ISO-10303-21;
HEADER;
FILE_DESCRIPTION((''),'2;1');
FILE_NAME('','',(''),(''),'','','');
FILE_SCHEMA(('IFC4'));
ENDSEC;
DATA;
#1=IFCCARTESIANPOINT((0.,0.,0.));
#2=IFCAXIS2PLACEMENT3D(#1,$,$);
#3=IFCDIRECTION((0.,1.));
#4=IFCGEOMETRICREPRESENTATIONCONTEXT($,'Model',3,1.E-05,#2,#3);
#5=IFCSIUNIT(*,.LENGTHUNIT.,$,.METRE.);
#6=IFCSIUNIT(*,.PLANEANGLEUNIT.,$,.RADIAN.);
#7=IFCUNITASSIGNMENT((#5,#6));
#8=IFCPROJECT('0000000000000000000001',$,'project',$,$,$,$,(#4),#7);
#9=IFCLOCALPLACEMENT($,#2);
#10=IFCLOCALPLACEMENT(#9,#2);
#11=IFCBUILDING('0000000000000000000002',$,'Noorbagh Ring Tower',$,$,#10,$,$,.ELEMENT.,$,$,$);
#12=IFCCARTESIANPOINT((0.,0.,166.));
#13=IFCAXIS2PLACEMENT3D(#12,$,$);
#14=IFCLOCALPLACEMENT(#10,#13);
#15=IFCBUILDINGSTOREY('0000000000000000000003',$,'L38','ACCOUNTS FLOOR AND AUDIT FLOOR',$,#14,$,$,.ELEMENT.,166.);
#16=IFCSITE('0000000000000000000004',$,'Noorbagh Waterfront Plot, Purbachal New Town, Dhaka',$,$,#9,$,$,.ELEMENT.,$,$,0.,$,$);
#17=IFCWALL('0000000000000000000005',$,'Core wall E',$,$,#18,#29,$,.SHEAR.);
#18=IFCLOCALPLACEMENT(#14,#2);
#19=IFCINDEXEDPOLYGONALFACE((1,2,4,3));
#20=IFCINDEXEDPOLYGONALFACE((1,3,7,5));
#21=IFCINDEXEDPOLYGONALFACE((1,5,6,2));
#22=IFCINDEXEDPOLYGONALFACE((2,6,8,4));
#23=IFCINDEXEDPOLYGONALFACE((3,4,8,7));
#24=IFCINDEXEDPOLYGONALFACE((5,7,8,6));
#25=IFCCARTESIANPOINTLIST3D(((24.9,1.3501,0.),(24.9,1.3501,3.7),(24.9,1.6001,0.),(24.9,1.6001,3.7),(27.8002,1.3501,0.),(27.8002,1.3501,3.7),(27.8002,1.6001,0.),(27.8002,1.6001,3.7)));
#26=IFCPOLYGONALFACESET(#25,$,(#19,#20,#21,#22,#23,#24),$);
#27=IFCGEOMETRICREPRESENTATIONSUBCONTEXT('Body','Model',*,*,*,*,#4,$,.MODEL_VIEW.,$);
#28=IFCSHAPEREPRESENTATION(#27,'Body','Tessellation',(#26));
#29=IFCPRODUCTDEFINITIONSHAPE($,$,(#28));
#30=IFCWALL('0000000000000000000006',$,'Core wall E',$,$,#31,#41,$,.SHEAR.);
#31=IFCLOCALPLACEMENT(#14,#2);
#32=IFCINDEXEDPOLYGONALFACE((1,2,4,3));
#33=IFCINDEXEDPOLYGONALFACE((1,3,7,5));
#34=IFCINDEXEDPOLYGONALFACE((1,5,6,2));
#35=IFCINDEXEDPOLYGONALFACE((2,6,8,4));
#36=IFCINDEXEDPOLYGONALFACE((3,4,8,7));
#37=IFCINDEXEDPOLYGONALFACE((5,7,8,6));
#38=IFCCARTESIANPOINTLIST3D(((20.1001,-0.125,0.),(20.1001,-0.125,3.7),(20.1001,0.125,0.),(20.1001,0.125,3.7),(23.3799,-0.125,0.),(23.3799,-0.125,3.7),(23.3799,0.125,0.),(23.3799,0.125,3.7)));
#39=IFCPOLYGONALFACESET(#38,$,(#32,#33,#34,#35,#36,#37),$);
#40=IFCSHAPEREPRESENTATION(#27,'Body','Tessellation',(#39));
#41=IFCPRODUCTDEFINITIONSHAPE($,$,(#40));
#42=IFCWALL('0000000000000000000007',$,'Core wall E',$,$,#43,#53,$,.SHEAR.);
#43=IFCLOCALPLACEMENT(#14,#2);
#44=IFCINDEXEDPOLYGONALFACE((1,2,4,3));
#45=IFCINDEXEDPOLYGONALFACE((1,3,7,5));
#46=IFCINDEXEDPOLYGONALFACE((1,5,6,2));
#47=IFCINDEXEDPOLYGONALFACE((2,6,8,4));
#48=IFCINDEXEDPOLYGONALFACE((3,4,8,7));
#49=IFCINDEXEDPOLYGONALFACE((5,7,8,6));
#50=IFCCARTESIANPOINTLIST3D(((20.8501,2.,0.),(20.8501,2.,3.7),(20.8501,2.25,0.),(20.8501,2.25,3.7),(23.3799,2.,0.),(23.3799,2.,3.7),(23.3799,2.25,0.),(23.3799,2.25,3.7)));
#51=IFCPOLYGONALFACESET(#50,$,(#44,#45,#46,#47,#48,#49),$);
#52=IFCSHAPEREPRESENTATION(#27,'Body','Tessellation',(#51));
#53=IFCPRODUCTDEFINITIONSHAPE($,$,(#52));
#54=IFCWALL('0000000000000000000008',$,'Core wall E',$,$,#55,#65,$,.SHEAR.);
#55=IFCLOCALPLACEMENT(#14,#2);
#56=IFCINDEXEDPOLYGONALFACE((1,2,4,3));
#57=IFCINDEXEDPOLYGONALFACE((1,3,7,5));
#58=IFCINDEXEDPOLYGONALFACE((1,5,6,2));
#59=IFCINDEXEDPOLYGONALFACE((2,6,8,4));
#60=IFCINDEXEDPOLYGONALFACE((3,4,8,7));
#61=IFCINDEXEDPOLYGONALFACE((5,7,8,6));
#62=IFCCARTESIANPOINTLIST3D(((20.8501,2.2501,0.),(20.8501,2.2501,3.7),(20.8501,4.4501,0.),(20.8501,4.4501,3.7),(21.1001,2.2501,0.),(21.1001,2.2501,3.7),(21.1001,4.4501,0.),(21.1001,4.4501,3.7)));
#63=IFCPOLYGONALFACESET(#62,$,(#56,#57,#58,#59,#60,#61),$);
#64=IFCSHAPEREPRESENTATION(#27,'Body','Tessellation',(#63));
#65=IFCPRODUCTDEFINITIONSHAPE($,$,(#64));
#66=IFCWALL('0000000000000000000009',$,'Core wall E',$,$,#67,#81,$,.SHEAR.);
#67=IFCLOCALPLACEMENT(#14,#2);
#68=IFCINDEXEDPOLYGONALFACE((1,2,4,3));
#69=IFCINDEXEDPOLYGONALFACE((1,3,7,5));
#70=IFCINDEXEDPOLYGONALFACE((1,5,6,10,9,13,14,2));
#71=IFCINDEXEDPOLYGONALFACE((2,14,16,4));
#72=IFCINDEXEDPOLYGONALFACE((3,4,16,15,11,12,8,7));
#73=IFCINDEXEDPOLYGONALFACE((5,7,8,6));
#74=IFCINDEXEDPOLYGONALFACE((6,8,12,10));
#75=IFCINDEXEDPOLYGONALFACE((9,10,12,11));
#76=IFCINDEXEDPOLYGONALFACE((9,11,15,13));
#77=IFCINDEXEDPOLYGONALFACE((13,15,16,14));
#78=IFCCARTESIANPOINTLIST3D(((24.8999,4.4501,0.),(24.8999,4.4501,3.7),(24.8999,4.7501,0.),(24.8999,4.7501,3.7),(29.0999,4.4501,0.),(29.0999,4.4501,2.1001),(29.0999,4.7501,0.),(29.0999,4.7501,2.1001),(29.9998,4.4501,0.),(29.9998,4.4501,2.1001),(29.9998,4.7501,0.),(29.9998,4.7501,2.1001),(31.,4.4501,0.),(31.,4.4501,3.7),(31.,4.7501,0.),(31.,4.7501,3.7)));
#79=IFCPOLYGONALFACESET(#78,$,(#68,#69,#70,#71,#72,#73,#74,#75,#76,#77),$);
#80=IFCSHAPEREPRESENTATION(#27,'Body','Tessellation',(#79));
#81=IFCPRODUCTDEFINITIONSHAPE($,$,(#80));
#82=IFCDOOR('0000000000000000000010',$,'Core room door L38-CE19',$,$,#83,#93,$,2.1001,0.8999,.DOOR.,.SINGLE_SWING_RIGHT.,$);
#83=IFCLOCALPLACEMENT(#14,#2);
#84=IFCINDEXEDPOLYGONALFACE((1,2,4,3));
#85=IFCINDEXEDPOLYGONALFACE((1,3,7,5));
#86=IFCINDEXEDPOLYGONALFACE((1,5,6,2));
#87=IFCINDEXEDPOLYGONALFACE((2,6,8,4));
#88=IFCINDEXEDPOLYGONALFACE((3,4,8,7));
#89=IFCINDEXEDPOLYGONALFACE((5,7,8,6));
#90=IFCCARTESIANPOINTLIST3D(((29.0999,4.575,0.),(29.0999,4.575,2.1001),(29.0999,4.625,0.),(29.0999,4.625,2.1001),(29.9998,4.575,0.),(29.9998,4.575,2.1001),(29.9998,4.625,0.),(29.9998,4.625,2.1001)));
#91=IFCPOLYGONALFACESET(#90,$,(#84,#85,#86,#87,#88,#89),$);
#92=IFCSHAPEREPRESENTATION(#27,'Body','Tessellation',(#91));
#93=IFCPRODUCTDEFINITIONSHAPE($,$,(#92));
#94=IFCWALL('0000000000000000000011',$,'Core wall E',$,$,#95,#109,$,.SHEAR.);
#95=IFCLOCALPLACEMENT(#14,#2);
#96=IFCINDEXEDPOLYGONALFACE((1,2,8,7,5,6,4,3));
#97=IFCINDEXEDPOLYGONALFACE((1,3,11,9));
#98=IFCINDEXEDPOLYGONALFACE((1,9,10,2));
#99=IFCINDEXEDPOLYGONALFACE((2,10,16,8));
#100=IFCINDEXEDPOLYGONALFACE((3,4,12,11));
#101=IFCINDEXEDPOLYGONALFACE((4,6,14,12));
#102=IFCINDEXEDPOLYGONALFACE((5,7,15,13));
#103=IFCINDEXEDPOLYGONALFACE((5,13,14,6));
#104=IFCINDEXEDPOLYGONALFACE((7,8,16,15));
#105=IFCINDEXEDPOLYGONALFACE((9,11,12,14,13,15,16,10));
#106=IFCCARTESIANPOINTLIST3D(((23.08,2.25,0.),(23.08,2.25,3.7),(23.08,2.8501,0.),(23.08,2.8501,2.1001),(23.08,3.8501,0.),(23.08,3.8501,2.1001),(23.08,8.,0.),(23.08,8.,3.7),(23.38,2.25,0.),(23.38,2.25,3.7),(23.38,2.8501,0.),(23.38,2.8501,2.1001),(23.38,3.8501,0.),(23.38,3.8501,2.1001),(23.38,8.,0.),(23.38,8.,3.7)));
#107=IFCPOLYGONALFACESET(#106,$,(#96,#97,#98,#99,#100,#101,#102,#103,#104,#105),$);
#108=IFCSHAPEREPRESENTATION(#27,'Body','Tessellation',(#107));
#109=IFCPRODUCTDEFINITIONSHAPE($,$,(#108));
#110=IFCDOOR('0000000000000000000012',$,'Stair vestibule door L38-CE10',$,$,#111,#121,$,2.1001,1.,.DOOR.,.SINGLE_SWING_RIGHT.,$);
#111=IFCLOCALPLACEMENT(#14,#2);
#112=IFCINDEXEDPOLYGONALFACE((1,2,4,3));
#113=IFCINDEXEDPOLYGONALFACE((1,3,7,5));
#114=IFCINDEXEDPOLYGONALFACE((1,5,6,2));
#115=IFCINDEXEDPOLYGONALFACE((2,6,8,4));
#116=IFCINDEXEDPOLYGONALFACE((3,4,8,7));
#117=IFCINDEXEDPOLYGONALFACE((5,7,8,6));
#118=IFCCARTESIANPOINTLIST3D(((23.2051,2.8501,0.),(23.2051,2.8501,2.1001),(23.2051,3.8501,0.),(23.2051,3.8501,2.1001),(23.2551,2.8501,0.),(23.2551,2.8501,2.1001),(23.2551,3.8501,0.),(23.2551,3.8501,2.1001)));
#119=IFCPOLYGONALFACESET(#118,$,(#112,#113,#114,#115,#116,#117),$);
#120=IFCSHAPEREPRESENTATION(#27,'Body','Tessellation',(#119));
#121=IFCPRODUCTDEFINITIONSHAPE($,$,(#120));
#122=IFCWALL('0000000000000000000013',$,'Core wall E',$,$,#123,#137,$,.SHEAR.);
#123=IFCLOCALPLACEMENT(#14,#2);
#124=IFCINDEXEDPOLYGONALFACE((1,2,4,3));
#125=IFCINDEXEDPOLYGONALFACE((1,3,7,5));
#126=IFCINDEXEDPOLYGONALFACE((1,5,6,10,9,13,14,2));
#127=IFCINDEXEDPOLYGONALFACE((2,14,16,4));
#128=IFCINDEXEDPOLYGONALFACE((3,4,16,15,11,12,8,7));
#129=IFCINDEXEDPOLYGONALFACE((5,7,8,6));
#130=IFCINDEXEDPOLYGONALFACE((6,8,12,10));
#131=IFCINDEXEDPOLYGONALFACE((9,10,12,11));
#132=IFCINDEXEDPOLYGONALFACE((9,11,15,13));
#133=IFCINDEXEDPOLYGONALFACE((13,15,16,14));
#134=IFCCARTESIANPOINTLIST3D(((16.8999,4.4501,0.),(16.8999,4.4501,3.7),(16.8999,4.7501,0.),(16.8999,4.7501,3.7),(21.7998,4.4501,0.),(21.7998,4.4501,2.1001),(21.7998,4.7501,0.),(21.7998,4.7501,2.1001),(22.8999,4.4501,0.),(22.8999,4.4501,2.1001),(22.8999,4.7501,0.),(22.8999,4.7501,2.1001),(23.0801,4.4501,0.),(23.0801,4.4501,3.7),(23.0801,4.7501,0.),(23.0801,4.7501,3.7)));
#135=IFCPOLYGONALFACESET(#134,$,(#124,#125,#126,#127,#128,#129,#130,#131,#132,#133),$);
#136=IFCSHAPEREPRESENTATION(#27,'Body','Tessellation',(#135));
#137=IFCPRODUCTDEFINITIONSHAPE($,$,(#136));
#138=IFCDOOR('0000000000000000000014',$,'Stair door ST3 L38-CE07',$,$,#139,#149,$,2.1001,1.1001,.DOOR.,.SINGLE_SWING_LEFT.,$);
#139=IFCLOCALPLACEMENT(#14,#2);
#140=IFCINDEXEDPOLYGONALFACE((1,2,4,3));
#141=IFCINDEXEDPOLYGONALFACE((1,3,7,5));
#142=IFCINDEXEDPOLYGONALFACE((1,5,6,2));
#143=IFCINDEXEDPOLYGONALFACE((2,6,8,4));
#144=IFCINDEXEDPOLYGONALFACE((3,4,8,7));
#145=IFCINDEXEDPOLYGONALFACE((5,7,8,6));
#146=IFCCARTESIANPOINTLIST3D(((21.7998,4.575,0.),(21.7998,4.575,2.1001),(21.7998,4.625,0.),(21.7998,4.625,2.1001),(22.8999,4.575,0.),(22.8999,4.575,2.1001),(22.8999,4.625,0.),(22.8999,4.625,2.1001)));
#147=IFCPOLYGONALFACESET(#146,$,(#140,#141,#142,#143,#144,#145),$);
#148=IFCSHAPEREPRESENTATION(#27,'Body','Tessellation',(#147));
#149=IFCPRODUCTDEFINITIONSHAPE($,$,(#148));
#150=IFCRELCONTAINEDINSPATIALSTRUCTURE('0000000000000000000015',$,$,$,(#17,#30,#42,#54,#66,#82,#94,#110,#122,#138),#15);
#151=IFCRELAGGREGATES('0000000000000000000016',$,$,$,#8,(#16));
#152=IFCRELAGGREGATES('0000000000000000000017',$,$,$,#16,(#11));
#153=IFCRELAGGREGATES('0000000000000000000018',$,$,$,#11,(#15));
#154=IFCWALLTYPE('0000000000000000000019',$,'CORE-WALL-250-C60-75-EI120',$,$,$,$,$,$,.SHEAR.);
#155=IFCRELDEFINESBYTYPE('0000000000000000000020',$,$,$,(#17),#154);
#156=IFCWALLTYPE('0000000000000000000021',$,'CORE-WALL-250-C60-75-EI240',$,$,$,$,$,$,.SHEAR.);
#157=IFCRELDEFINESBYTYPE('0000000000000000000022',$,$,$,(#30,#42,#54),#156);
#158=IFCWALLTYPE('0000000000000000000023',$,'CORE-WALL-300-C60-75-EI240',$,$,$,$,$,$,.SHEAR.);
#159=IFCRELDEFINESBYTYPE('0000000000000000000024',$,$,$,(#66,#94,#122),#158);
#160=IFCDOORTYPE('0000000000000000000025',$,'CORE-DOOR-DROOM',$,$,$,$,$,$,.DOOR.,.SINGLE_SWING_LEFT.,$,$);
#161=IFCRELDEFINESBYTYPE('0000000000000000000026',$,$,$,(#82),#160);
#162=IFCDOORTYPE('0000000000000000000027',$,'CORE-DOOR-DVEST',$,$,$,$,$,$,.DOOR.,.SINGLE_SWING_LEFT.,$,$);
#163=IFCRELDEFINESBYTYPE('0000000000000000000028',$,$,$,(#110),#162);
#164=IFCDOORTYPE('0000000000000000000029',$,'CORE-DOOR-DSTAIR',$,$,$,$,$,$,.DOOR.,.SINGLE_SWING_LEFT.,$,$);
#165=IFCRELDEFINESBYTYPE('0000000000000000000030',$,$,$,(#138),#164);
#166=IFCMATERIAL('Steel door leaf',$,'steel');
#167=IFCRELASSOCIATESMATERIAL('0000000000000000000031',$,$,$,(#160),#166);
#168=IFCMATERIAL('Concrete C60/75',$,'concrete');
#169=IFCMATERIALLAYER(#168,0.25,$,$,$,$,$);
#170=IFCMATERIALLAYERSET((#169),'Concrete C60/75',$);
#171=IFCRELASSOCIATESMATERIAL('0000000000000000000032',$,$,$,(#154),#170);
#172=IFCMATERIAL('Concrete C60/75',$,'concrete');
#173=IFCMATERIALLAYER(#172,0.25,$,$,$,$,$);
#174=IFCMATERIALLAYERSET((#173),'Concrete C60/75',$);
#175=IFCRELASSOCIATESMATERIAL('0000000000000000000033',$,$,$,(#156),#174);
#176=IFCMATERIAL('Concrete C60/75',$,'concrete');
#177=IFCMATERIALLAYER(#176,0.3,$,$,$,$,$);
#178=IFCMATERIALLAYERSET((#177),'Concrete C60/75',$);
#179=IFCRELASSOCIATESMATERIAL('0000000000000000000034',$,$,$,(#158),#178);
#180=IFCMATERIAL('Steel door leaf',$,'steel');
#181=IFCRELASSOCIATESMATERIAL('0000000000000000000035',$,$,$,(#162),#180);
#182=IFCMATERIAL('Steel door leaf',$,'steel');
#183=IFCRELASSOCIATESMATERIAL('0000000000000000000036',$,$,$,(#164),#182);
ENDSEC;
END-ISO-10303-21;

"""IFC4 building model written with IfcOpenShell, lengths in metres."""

from ifc_helpers import new_model, si_unit, direction, frame, frame_2d, origin, place, context, subcontext, project, spatial, rectangle, extrude, material, layer, layer_set, type_object, element, fill, save


model = new_model("IFC4")

# Units and contexts
model_context = context("Model", 3, precision=1e-05, world=origin(), true_north=direction((0.0, 1.0)))
body_context = subcontext(model_context, "Body", "Model", "MODEL_VIEW")
ifc_project = project(units=[si_unit("LENGTHUNIT", "METRE"), si_unit("PLANEANGLEUNIT", "RADIAN")], contexts=[model_context])

# Site, building, storey
site_placement = place(None, origin())
site = spatial("IfcSite", under=ifc_project, at=site_placement, Name="Noorbagh Waterfront Plot, Purbachal New Town, Dhaka", CompositionType="ELEMENT", RefElevation=0.0)
building_placement = place(site_placement, origin())
building = spatial("IfcBuilding", under=site, at=building_placement, Name="Noorbagh Ring Tower", CompositionType="ELEMENT")
storey_placement = place(building_placement, frame((0.0, 0.0, 166.0)))
storey = spatial("IfcBuildingStorey", under=building, at=storey_placement, Name="L38", Description="ACCOUNTS FLOOR AND AUDIT FLOOR", CompositionType="ELEMENT", Elevation=166.0)

# Shared definitions
ifc_material_1 = material(Name="Steel door leaf", Category="steel")
door_type_1 = type_object("IfcDoorType", Name="CORE-DOOR-DROOM", OperationType="SINGLE_SWING_LEFT", PredefinedType="DOOR", material=ifc_material_1)

# Walls
ifc_material_2 = material(Name="Concrete C60/75", Category="concrete")
ifc_layer_1 = layer(ifc_material_2, 0.25)
ifc_layer_set_1 = layer_set([ifc_layer_1], Name="Concrete C60/75")
wall_type_1 = type_object("IfcWallType", Name="CORE-WALL-250-C60-75-EI120", PredefinedType="SHEAR", material=ifc_layer_set_1)
for number, where, z_axis, x_axis, name in (
    (1, (24.8999, 1.4751, 0.0), (0.0, 0.0, 1.0), (1.0, 0.0, 0.0), "Core wall E"),
):
    element("IfcWall", number, at=place(storey_placement, frame(where, z_axis=z_axis, x_axis=x_axis)), inside=storey, type_object=wall_type_1, Name=name, PredefinedType="SHEAR", context=body_context, shape_type="SweptSolid", body=[
        extrude(rectangle(XDim=2.9001, YDim=0.25, at=frame_2d((1.4502, 0.0))), origin(), (0.0, 0.0, 1.0), 3.7),
    ])
ifc_material_3 = material(Name="Concrete C60/75", Category="concrete")
ifc_layer_2 = layer(ifc_material_3, 0.25)
ifc_layer_set_2 = layer_set([ifc_layer_2], Name="Concrete C60/75")
wall_type_2 = type_object("IfcWallType", Name="CORE-WALL-250-C60-75-EI240", PredefinedType="SHEAR", material=ifc_layer_set_2)
wall_1_placement = place(storey_placement, frame((20.1001, 0.0, 0.0), z_axis=(0.0, 0.0, 1.0), x_axis=(1.0, 0.0, 0.0)))
element("IfcWall", 2, at=wall_1_placement, inside=storey, type_object=wall_type_2, Name="Core wall E", PredefinedType="SHEAR", context=body_context, shape_type="SweptSolid", body=[
    extrude(rectangle(XDim=3.2798, YDim=0.25, at=frame_2d((1.6399, 0.0))), origin(), (0.0, 0.0, 1.0), 3.7),
])
wall_2_placement = place(storey_placement, frame((20.8501, 2.125, 0.0), z_axis=(0.0, 0.0, 1.0), x_axis=(1.0, 0.0, 0.0)))
element("IfcWall", 3, at=wall_2_placement, inside=storey, type_object=wall_type_2, Name="Core wall E", PredefinedType="SHEAR", context=body_context, shape_type="SweptSolid", body=[
    extrude(rectangle(XDim=2.5298, YDim=0.25, at=frame_2d((1.2649, 0.0))), origin(), (0.0, 0.0, 1.0), 3.7),
])
wall_3_placement = place(storey_placement, frame((20.9751, 2.25, 0.0), z_axis=(0.0, 0.0, 1.0), x_axis=(0.0, 1.0, 0.0)))
element("IfcWall", 4, at=wall_3_placement, inside=storey, type_object=wall_type_2, Name="Core wall E", PredefinedType="SHEAR", context=body_context, shape_type="SweptSolid", body=[
    extrude(rectangle(XDim=2.2, YDim=0.25, at=frame_2d((1.1001, 0.0))), origin(), (0.0, 0.0, 1.0), 3.7),
])

# Walls, openings, doors
ifc_material_4 = material(Name="Concrete C60/75", Category="concrete")
ifc_layer_3 = layer(ifc_material_4, 0.3)
ifc_layer_set_3 = layer_set([ifc_layer_3], Name="Concrete C60/75")
wall_type_3 = type_object("IfcWallType", Name="CORE-WALL-300-C60-75-EI240", PredefinedType="SHEAR", material=ifc_layer_set_3)
wall_4_placement = place(storey_placement, frame((24.8999, 4.6001, 0.0), z_axis=(0.0, 0.0, 1.0), x_axis=(1.0, 0.0, 0.0)))
wall_4 = element("IfcWall", 5, at=wall_4_placement, inside=storey, type_object=wall_type_3, Name="Core wall E", PredefinedType="SHEAR", context=body_context, shape_type="SweptSolid", body=[
    extrude(rectangle(XDim=6.1001, YDim=0.3, at=frame_2d((3.05, 0.0))), origin(), (0.0, 0.0, 1.0), 3.7),
])
opening_1_placement = place(wall_4_placement, frame((4.2, 0.0, 0.0)))
opening_1 = element("IfcOpeningElement", 6, at=opening_1_placement, cuts=wall_4, PredefinedType="OPENING", context=body_context, shape_type="SweptSolid", body=[
    extrude(rectangle(XDim=0.8999, YDim=2.1001, at=frame_2d((0.45, 1.05))), frame((0.0, 0.1602, 0.0), z_axis=(0.0, -1.0, 0.0), x_axis=(1.0, 0.0, 0.0)), (0.0, 0.0, 1.0), 0.3201),
])
door_1_placement = place(opening_1_placement, origin())
door_1 = element("IfcDoor", 7, at=door_1_placement, inside=storey, type_object=door_type_1, Name="Core room door L38-CE19", OperationType="SINGLE_SWING_RIGHT", OverallHeight=2.1001, OverallWidth=0.8999, PredefinedType="DOOR", context=body_context, shape_type="SweptSolid", body=[
    extrude(rectangle(XDim=0.8999, YDim=2.1001, at=frame_2d((0.45, 1.05))), frame((0.0, 0.0249, 0.0), z_axis=(0.0, -1.0, 0.0), x_axis=(1.0, 0.0, 0.0)), (0.0, 0.0, 1.0), 0.05),
])
fill(opening_1, door_1)
wall_5_placement = place(storey_placement, frame((23.23, 2.25, 0.0), z_axis=(0.0, 0.0, 1.0), x_axis=(0.0, 1.0, 0.0)))
wall_5 = element("IfcWall", 8, at=wall_5_placement, inside=storey, type_object=wall_type_3, Name="Core wall E", PredefinedType="SHEAR", context=body_context, shape_type="SweptSolid", body=[
    extrude(rectangle(XDim=5.75, YDim=0.3, at=frame_2d((2.875, 0.0))), origin(), (0.0, 0.0, 1.0), 3.7),
])
opening_2_placement = place(wall_5_placement, frame((0.6001, 0.0, 0.0)))
opening_2 = element("IfcOpeningElement", 9, at=opening_2_placement, cuts=wall_5, PredefinedType="OPENING", context=body_context, shape_type="SweptSolid", body=[
    extrude(rectangle(XDim=1.0, YDim=2.1001, at=frame_2d((0.5, 1.05))), frame((0.0, 0.1602, 0.0), z_axis=(0.0, -1.0, 0.0), x_axis=(1.0, 0.0, 0.0)), (0.0, 0.0, 1.0), 0.3201),
])
ifc_material_5 = material(Name="Steel door leaf", Category="steel")
door_type_2 = type_object("IfcDoorType", Name="CORE-DOOR-DVEST", OperationType="SINGLE_SWING_LEFT", PredefinedType="DOOR", material=ifc_material_5)
door_2_placement = place(opening_2_placement, origin())
door_2 = element("IfcDoor", 10, at=door_2_placement, inside=storey, type_object=door_type_2, Name="Stair vestibule door L38-CE10", OperationType="SINGLE_SWING_RIGHT", OverallHeight=2.1001, OverallWidth=1.0, PredefinedType="DOOR", context=body_context, shape_type="SweptSolid", body=[
    extrude(rectangle(XDim=1.0, YDim=2.1001, at=frame_2d((0.5, 1.05))), frame((0.0, 0.0249, 0.0), z_axis=(0.0, -1.0, 0.0), x_axis=(1.0, 0.0, 0.0)), (0.0, 0.0, 1.0), 0.05),
])
fill(opening_2, door_2)
wall_6_placement = place(storey_placement, frame((16.8999, 4.6001, 0.0), z_axis=(0.0, 0.0, 1.0), x_axis=(1.0, 0.0, 0.0)))
wall_6 = element("IfcWall", 11, at=wall_6_placement, inside=storey, type_object=wall_type_3, Name="Core wall E", PredefinedType="SHEAR", context=body_context, shape_type="SweptSolid", body=[
    extrude(rectangle(XDim=6.1802, YDim=0.3, at=frame_2d((3.0901, 0.0))), origin(), (0.0, 0.0, 1.0), 3.7),
])
opening_3_placement = place(wall_6_placement, frame((4.8999, 0.0, 0.0)))
opening_3 = element("IfcOpeningElement", 12, at=opening_3_placement, cuts=wall_6, PredefinedType="OPENING", context=body_context, shape_type="SweptSolid", body=[
    extrude(rectangle(XDim=1.1001, YDim=2.1001, at=frame_2d((0.55, 1.05))), frame((0.0, 0.1602, 0.0), z_axis=(0.0, -1.0, 0.0), x_axis=(1.0, 0.0, 0.0)), (0.0, 0.0, 1.0), 0.3201),
])
ifc_material_6 = material(Name="Steel door leaf", Category="steel")
door_type_3 = type_object("IfcDoorType", Name="CORE-DOOR-DSTAIR", OperationType="SINGLE_SWING_LEFT", PredefinedType="DOOR", material=ifc_material_6)
door_3_placement = place(opening_3_placement, origin())
door_3 = element("IfcDoor", 13, at=door_3_placement, inside=storey, type_object=door_type_3, Name="Stair door ST3 L38-CE07", OperationType="SINGLE_SWING_LEFT", OverallHeight=2.1001, OverallWidth=1.1001, PredefinedType="DOOR", context=body_context, shape_type="SweptSolid", body=[
    extrude(rectangle(XDim=1.1001, YDim=2.1001, at=frame_2d((0.55, 1.05))), frame((0.0, 0.0249, 0.0), z_axis=(0.0, -1.0, 0.0), x_axis=(1.0, 0.0, 0.0)), (0.0, 0.0, 1.0), 0.05),
])
fill(opening_3, door_3)

save(model, "model.ifc")
